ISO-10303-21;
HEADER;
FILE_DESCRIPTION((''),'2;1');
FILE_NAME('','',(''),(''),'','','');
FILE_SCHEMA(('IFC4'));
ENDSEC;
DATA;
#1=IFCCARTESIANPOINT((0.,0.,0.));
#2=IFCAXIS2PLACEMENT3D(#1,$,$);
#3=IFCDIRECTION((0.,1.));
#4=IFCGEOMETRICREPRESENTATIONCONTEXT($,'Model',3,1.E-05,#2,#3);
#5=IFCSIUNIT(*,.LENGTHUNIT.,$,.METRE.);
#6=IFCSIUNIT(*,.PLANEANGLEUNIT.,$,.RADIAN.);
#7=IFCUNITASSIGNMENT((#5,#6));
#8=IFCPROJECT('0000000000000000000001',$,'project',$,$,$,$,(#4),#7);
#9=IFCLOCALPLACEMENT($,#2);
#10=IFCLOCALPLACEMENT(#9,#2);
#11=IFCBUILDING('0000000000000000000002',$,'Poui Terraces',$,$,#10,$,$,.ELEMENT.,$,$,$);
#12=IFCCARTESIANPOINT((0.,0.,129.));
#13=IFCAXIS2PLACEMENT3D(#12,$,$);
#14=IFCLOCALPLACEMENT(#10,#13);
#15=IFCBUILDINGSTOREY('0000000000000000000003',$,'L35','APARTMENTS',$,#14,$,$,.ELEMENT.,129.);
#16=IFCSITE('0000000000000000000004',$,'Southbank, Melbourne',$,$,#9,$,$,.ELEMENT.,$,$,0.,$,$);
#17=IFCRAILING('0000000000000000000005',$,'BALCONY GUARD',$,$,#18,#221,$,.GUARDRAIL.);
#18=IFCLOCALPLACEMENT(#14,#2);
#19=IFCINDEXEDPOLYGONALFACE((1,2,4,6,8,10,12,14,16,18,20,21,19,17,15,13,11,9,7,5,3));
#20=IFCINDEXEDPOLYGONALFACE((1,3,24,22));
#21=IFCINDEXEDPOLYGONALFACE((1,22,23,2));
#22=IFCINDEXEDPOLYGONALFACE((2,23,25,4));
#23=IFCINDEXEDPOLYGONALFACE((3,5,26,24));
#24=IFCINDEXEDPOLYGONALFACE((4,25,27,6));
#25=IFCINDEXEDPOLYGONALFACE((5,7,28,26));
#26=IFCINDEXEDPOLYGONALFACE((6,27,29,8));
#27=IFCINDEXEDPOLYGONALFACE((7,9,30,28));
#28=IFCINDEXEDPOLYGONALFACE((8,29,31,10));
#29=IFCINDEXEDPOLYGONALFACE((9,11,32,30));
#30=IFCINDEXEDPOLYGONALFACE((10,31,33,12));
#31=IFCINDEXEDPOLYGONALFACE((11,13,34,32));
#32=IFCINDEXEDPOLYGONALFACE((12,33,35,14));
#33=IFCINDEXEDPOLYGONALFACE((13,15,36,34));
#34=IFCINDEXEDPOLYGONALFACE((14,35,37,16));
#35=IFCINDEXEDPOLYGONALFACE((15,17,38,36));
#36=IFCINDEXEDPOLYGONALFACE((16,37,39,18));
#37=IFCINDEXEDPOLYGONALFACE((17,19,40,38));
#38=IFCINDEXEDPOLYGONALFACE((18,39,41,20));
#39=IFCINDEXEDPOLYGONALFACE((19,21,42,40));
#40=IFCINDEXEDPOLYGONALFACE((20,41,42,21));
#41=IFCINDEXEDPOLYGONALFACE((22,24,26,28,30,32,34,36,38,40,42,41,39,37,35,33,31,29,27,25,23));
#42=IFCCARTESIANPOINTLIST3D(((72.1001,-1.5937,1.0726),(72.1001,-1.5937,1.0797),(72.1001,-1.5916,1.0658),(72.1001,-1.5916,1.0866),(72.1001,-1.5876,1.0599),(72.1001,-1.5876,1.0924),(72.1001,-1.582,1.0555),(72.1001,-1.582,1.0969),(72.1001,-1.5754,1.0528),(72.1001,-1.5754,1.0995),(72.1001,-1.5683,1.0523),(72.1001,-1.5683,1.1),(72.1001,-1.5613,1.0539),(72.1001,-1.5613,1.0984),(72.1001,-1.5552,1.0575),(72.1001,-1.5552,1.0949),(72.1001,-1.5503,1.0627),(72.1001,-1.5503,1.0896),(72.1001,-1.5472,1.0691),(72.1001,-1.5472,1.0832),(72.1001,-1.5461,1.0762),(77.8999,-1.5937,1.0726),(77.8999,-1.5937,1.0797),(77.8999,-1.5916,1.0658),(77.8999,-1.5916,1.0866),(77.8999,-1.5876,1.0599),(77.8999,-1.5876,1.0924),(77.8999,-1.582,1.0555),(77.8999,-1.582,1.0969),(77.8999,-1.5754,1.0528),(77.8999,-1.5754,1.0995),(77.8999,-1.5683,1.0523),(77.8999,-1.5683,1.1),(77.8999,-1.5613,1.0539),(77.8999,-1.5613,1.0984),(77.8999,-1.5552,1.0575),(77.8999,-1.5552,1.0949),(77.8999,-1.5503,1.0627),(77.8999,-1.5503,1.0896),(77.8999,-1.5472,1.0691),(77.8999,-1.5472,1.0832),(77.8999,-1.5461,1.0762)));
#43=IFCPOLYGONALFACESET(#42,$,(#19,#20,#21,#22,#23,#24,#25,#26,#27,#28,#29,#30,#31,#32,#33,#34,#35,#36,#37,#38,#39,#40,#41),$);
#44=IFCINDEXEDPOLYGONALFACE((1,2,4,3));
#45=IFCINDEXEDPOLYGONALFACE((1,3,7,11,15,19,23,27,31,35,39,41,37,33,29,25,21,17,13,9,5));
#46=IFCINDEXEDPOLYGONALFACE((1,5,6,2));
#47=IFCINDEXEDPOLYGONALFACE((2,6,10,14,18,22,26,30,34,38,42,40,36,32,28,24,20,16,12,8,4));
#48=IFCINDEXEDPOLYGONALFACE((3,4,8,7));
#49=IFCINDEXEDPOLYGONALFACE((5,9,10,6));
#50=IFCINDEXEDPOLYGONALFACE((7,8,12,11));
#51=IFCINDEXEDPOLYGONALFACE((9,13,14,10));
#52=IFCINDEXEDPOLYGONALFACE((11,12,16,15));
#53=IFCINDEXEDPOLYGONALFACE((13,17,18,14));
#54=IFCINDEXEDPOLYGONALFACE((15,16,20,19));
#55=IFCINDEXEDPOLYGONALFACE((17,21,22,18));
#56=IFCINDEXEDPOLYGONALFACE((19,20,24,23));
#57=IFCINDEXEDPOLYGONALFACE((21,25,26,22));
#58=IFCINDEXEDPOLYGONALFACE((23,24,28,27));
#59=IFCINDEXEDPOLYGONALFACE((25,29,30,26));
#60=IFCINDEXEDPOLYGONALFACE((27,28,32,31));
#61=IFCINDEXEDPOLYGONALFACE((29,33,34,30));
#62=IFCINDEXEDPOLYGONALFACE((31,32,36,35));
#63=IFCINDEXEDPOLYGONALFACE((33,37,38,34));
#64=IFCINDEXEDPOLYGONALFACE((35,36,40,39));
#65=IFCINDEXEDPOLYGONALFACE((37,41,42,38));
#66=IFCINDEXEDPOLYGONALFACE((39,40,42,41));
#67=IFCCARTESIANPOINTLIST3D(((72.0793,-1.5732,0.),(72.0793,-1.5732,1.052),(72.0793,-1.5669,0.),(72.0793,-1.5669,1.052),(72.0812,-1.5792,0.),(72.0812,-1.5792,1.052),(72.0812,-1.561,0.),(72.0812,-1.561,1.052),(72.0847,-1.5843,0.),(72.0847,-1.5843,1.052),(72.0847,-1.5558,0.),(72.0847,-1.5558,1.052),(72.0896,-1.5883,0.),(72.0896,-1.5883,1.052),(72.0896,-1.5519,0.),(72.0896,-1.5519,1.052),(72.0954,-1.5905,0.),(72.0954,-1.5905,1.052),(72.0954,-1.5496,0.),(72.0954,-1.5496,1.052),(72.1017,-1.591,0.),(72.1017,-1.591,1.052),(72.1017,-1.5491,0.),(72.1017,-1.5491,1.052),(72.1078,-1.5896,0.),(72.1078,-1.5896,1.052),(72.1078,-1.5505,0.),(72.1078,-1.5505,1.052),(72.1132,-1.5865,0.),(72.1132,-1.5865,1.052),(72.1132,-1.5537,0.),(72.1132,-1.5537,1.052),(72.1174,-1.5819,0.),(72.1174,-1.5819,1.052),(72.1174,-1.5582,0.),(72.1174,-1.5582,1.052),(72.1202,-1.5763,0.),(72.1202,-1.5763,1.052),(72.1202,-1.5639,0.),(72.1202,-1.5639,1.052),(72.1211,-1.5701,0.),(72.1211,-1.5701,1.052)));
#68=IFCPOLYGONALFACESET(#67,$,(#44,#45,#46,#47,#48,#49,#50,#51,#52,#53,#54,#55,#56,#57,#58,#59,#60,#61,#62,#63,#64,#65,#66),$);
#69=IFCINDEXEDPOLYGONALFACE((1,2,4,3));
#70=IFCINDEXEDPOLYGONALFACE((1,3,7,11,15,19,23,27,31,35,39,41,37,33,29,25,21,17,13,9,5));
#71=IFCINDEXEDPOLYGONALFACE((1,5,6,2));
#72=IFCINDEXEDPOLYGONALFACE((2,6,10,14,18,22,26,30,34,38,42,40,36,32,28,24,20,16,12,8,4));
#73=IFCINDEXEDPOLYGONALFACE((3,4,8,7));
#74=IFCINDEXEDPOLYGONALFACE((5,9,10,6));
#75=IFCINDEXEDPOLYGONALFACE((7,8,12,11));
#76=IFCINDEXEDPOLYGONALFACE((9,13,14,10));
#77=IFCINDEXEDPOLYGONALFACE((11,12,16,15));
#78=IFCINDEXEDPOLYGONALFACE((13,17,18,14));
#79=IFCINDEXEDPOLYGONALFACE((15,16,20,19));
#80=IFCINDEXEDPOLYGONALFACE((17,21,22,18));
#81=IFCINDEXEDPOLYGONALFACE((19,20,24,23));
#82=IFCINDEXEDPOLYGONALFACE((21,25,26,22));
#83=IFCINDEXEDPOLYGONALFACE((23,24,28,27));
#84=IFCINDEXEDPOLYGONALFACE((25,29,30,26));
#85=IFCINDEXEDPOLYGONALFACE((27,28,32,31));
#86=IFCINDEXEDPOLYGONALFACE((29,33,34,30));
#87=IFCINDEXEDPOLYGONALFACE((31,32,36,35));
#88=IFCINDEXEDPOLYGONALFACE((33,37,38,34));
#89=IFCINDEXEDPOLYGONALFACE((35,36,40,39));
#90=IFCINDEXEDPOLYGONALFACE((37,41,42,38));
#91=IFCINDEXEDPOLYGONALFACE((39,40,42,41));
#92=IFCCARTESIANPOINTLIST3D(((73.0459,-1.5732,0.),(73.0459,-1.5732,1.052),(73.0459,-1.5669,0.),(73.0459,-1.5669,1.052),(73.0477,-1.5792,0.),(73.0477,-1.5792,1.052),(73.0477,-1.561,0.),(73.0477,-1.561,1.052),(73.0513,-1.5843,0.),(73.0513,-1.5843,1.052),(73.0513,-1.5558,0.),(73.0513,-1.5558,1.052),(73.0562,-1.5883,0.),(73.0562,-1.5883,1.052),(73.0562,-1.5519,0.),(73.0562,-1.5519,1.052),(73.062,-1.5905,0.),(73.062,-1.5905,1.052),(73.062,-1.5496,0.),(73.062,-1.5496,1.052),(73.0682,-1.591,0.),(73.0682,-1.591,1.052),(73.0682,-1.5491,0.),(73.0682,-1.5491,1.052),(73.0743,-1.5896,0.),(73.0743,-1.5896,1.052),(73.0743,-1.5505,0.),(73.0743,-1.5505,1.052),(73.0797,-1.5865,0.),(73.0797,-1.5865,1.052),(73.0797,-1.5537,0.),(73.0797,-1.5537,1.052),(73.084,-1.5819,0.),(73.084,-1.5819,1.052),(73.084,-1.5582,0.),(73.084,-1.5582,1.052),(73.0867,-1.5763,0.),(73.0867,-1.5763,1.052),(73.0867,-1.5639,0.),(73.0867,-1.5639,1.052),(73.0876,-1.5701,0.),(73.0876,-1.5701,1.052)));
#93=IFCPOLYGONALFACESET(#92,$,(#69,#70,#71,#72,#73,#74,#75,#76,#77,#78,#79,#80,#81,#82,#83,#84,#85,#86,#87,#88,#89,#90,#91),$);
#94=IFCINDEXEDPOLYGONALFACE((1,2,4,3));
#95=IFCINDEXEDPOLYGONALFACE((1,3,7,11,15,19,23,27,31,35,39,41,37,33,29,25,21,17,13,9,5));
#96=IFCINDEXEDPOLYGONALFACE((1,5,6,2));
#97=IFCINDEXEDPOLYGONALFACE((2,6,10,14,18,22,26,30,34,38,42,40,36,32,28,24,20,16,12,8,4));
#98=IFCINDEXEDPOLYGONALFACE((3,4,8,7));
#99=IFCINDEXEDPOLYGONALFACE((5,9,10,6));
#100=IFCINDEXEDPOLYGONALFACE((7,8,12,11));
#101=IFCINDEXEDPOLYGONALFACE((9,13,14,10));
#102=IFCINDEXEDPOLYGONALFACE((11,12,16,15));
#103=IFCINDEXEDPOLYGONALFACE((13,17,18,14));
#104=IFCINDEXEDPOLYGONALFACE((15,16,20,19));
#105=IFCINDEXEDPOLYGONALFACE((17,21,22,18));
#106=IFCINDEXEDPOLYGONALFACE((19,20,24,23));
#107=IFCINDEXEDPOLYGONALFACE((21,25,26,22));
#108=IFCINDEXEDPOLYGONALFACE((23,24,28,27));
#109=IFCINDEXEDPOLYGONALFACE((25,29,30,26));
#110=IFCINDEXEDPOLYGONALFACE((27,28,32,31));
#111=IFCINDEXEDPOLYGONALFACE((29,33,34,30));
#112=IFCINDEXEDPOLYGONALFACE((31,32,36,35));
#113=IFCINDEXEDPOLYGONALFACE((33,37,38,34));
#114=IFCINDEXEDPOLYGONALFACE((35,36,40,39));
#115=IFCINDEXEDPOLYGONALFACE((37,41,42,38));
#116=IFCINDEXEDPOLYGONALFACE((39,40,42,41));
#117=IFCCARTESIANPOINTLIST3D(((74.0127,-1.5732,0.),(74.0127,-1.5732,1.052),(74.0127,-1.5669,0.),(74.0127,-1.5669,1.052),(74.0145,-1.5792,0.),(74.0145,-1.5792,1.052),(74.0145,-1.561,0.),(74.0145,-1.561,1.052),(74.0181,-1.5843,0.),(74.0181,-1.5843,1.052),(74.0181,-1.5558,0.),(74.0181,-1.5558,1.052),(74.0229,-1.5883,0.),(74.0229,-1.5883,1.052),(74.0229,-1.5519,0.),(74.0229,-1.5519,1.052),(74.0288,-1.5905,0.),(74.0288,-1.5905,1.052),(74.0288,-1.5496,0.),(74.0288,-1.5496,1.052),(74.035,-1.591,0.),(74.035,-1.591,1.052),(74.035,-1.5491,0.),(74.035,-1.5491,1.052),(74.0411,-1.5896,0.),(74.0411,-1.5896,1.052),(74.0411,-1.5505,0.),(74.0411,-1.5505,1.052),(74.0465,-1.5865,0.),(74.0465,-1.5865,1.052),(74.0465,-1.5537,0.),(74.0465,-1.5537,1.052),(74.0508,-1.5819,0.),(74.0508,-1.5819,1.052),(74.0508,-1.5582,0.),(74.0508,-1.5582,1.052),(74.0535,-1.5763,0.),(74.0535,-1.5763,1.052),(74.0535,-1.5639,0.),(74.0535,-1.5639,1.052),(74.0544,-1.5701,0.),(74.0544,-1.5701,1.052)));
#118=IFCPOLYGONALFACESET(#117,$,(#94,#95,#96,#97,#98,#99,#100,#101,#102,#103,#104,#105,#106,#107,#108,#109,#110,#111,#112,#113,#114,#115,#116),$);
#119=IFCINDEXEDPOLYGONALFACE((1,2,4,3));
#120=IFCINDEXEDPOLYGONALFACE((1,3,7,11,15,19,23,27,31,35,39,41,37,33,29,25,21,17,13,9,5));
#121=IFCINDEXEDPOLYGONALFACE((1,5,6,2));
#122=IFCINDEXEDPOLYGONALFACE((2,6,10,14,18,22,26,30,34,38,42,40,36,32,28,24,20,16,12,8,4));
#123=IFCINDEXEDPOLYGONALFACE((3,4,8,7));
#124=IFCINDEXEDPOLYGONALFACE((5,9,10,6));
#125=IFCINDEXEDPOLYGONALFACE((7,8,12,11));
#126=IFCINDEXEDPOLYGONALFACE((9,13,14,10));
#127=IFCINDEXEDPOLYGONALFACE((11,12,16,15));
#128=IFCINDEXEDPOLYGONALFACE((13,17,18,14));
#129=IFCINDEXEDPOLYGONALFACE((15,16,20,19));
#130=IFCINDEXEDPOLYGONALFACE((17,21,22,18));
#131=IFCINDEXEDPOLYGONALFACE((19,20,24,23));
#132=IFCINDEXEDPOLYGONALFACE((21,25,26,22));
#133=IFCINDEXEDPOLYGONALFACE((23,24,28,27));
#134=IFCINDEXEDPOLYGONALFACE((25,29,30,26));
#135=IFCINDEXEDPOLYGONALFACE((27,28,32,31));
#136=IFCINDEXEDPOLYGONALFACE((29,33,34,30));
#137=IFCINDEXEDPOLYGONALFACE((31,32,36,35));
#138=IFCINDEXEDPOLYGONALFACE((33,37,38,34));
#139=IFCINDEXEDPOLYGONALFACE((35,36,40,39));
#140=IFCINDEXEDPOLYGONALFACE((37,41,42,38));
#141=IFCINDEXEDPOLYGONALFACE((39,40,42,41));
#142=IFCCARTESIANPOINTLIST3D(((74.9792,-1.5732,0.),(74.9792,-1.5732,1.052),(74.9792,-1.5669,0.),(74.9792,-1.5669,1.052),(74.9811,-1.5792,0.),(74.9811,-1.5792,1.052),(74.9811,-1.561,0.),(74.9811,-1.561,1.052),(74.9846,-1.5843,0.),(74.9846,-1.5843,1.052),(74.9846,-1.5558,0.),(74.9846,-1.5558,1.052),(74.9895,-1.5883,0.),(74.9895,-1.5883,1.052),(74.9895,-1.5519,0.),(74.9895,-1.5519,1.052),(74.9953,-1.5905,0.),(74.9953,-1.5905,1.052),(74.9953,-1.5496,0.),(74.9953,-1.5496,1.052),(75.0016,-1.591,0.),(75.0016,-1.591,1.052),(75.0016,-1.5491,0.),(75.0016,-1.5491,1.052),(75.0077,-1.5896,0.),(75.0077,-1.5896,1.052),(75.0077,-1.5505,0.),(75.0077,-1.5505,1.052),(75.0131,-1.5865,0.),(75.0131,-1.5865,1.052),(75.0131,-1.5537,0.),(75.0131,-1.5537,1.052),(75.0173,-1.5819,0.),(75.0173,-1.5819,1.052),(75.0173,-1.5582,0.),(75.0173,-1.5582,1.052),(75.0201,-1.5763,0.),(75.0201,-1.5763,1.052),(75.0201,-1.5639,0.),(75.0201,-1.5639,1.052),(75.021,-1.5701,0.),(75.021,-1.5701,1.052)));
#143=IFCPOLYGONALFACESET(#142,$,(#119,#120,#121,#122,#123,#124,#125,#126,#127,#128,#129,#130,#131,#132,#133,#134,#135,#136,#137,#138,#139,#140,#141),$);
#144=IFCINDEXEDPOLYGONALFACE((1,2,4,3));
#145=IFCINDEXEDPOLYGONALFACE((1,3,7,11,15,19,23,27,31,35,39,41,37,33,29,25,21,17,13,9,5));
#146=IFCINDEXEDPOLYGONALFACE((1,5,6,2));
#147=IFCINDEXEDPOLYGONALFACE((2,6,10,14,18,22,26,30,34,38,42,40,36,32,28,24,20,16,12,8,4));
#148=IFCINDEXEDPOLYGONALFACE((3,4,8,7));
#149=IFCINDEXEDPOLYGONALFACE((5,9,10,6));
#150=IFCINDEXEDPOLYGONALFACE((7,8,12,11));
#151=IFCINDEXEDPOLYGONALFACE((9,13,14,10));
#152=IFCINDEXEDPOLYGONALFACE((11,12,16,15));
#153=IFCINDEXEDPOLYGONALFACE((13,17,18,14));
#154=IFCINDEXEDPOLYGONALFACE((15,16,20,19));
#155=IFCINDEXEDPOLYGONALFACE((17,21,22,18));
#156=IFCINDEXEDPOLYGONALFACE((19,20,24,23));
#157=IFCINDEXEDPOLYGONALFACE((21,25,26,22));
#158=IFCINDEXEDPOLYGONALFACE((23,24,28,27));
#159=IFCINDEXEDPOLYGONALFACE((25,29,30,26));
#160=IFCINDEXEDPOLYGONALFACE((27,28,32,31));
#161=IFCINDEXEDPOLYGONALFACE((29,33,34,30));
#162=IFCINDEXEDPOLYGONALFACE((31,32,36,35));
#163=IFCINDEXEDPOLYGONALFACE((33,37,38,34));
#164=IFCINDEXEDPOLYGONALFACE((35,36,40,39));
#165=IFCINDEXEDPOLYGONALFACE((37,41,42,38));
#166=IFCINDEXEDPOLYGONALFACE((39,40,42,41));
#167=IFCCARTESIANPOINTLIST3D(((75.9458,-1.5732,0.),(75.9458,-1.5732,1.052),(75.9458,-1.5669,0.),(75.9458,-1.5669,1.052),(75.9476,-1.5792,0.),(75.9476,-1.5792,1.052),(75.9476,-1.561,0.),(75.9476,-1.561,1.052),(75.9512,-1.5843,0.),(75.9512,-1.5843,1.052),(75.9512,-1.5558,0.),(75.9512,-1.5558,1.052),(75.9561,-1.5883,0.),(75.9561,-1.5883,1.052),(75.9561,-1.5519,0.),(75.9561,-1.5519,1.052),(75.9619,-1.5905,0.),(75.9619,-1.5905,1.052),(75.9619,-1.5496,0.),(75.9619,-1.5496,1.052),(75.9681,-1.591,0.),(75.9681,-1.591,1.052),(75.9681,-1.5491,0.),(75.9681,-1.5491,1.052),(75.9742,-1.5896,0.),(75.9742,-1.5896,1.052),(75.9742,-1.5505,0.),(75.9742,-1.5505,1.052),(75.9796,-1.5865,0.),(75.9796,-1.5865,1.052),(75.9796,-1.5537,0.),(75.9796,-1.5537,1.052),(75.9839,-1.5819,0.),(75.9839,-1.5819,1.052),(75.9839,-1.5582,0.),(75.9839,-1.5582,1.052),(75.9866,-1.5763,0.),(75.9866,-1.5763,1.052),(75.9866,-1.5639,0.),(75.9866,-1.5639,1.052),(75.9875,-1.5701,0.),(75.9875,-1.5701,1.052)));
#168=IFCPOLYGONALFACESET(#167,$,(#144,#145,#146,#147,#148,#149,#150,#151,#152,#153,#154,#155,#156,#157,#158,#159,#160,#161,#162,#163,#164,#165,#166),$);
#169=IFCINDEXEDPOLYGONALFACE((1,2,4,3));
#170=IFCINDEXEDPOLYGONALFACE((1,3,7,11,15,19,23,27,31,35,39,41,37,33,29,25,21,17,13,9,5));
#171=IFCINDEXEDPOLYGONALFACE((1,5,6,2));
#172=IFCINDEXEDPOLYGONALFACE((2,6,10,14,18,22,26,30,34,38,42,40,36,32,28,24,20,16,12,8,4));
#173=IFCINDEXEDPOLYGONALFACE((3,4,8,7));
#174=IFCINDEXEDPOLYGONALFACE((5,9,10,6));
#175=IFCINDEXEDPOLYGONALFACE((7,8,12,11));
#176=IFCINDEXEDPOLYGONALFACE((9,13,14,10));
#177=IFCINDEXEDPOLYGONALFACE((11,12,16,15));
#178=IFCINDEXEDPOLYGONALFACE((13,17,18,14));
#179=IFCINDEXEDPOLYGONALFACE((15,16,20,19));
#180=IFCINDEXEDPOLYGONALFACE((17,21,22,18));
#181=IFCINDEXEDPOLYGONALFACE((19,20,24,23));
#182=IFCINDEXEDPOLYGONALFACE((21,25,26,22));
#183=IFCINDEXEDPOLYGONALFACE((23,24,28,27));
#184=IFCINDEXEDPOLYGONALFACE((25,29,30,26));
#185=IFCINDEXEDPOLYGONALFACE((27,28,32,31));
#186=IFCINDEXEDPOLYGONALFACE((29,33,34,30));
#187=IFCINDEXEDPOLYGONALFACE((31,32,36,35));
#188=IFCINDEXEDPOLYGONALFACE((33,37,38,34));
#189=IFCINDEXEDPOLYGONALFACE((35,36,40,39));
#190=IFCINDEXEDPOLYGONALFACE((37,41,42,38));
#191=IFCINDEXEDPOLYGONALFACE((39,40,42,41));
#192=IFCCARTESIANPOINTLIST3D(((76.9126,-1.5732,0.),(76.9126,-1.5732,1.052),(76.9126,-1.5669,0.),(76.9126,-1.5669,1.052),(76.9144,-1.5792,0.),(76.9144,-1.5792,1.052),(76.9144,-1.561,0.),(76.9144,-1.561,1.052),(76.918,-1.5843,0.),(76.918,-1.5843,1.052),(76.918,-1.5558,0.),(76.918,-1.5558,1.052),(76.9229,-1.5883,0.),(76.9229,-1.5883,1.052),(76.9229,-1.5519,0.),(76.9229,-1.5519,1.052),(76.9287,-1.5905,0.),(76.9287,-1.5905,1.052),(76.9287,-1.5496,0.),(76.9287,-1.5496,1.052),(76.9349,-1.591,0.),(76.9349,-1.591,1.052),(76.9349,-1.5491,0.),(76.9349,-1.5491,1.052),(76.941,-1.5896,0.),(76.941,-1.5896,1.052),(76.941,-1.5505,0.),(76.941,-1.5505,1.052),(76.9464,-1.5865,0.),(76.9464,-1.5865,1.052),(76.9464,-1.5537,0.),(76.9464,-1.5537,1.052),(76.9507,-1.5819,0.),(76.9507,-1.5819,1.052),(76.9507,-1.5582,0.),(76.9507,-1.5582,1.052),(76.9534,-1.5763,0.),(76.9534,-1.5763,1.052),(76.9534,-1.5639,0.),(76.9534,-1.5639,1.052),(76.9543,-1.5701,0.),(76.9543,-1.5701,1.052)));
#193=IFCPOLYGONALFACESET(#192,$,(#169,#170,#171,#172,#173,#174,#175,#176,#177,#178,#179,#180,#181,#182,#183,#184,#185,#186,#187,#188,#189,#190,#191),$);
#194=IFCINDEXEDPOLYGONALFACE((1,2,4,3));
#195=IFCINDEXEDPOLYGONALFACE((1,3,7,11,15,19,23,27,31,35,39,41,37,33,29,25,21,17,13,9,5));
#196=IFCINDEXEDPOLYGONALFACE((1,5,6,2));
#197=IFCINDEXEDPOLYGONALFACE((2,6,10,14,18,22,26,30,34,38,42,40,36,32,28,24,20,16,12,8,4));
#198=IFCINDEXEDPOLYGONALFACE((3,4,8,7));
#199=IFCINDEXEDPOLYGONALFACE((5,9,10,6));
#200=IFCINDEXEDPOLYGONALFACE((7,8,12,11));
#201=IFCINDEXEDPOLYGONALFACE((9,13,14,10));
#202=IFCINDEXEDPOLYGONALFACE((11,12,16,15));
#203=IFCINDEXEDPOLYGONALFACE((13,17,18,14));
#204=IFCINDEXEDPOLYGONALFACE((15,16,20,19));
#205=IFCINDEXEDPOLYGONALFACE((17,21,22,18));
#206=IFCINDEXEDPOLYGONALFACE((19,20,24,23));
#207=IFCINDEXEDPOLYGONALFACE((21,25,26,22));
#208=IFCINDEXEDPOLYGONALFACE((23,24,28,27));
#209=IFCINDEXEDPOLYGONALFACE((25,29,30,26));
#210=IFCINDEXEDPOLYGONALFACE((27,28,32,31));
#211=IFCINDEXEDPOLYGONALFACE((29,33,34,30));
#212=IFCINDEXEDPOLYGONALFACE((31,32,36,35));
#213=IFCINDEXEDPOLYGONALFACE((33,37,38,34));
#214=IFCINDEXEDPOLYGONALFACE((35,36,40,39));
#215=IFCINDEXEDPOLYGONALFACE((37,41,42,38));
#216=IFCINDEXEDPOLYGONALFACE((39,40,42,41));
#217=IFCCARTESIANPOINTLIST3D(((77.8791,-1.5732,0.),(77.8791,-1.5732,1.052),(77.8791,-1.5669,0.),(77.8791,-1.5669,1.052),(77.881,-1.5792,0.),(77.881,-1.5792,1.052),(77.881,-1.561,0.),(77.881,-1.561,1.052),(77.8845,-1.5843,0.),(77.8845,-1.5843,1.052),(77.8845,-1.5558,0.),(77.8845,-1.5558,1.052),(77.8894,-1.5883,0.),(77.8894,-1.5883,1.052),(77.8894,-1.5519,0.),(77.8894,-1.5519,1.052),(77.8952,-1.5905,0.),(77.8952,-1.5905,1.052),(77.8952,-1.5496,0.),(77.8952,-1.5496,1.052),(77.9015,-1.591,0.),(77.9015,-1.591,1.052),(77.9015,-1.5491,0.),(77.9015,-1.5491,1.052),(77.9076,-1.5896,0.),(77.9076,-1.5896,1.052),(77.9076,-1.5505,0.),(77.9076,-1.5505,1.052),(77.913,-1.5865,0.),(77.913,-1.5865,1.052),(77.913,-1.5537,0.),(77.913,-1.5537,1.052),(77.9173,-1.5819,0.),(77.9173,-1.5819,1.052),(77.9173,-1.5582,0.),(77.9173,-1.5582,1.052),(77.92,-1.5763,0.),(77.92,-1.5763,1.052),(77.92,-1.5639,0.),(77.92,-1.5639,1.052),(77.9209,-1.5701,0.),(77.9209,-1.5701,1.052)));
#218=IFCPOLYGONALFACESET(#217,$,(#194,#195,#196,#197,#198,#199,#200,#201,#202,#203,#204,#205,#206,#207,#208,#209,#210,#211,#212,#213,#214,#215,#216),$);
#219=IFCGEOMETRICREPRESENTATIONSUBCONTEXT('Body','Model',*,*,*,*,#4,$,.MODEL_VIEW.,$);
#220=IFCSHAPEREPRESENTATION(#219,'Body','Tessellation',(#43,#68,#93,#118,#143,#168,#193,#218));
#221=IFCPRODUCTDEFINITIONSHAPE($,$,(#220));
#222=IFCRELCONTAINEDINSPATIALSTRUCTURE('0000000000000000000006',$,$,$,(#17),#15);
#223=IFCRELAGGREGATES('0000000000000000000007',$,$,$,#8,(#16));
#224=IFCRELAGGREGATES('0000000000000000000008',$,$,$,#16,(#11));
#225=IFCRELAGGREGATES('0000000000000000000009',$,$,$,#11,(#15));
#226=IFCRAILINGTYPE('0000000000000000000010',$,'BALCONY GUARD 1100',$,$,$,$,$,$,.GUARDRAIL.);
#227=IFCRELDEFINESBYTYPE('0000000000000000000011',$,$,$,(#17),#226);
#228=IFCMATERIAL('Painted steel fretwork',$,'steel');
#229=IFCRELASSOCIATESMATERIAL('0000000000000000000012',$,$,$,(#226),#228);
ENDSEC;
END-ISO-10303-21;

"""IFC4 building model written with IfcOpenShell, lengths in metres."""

from ifc_helpers import new_model, si_unit, direction, frame, origin, origin_2d, place, context, subcontext, project, spatial, circle, extrude, material, type_object, element, save


model = new_model("IFC4")

# Units and contexts
model_context = context("Model", 3, precision=1e-05, world=origin(), true_north=direction((0.0, 1.0)))
body_context = subcontext(model_context, "Body", "Model", "MODEL_VIEW")
ifc_project = project(units=[si_unit("LENGTHUNIT", "METRE"), si_unit("PLANEANGLEUNIT", "RADIAN")], contexts=[model_context])

# Site, building, storey
site_placement = place(None, origin())
site = spatial("IfcSite", under=ifc_project, at=site_placement, Name="Southbank, Melbourne", CompositionType="ELEMENT", RefElevation=0.0)
building_placement = place(site_placement, origin())
building = spatial("IfcBuilding", under=site, at=building_placement, Name="Poui Terraces", CompositionType="ELEMENT")
storey_placement = place(building_placement, frame((0.0, 0.0, 129.0)))
storey = spatial("IfcBuildingStorey", under=building, at=storey_placement, Name="L35", Description="APARTMENTS", CompositionType="ELEMENT", Elevation=129.0)

# Railing
ifc_material_1 = material(Name="Painted steel fretwork", Category="steel")
railing_type_1 = type_object("IfcRailingType", Name="BALCONY GUARD 1100", PredefinedType="GUARDRAIL", material=ifc_material_1)
railing_1_placement = place(storey_placement, frame((72.1001, -1.5701, 0.0)))
element("IfcRailing", 1, at=railing_1_placement, inside=storey, type_object=railing_type_1, Name="BALCONY GUARD", PredefinedType="GUARDRAIL", context=body_context, shape_type="SweptSolid", body=[
    extrude(circle(Radius=0.0239, at=origin_2d()), frame((0.0, 0.0, 1.0762), z_axis=(1.0, 0.0, 0.0), x_axis=(0.0, 1.0, 0.0)), (0.0, 0.0, 1.0), 5.7998),
    extrude(circle(Radius=0.021, at=origin_2d()), origin(), (0.0, 0.0, 1.0), 1.052),
    extrude(circle(Radius=0.021, at=origin_2d()), frame((0.9666, 0.0, 0.0)), (0.0, 0.0, 1.0), 1.052),
    extrude(circle(Radius=0.021, at=origin_2d()), frame((1.9333, 0.0, 0.0)), (0.0, 0.0, 1.0), 1.052),
    extrude(circle(Radius=0.021, at=origin_2d()), frame((2.8999, 0.0, 0.0)), (0.0, 0.0, 1.0), 1.052),
    extrude(circle(Radius=0.021, at=origin_2d()), frame((3.8665, 0.0, 0.0)), (0.0, 0.0, 1.0), 1.052),
    extrude(circle(Radius=0.021, at=origin_2d()), frame((4.8333, 0.0, 0.0)), (0.0, 0.0, 1.0), 1.052),
    extrude(circle(Radius=0.021, at=origin_2d()), frame((5.7998, 0.0, 0.0)), (0.0, 0.0, 1.0), 1.052),
])

save(model, "model.ifc")
